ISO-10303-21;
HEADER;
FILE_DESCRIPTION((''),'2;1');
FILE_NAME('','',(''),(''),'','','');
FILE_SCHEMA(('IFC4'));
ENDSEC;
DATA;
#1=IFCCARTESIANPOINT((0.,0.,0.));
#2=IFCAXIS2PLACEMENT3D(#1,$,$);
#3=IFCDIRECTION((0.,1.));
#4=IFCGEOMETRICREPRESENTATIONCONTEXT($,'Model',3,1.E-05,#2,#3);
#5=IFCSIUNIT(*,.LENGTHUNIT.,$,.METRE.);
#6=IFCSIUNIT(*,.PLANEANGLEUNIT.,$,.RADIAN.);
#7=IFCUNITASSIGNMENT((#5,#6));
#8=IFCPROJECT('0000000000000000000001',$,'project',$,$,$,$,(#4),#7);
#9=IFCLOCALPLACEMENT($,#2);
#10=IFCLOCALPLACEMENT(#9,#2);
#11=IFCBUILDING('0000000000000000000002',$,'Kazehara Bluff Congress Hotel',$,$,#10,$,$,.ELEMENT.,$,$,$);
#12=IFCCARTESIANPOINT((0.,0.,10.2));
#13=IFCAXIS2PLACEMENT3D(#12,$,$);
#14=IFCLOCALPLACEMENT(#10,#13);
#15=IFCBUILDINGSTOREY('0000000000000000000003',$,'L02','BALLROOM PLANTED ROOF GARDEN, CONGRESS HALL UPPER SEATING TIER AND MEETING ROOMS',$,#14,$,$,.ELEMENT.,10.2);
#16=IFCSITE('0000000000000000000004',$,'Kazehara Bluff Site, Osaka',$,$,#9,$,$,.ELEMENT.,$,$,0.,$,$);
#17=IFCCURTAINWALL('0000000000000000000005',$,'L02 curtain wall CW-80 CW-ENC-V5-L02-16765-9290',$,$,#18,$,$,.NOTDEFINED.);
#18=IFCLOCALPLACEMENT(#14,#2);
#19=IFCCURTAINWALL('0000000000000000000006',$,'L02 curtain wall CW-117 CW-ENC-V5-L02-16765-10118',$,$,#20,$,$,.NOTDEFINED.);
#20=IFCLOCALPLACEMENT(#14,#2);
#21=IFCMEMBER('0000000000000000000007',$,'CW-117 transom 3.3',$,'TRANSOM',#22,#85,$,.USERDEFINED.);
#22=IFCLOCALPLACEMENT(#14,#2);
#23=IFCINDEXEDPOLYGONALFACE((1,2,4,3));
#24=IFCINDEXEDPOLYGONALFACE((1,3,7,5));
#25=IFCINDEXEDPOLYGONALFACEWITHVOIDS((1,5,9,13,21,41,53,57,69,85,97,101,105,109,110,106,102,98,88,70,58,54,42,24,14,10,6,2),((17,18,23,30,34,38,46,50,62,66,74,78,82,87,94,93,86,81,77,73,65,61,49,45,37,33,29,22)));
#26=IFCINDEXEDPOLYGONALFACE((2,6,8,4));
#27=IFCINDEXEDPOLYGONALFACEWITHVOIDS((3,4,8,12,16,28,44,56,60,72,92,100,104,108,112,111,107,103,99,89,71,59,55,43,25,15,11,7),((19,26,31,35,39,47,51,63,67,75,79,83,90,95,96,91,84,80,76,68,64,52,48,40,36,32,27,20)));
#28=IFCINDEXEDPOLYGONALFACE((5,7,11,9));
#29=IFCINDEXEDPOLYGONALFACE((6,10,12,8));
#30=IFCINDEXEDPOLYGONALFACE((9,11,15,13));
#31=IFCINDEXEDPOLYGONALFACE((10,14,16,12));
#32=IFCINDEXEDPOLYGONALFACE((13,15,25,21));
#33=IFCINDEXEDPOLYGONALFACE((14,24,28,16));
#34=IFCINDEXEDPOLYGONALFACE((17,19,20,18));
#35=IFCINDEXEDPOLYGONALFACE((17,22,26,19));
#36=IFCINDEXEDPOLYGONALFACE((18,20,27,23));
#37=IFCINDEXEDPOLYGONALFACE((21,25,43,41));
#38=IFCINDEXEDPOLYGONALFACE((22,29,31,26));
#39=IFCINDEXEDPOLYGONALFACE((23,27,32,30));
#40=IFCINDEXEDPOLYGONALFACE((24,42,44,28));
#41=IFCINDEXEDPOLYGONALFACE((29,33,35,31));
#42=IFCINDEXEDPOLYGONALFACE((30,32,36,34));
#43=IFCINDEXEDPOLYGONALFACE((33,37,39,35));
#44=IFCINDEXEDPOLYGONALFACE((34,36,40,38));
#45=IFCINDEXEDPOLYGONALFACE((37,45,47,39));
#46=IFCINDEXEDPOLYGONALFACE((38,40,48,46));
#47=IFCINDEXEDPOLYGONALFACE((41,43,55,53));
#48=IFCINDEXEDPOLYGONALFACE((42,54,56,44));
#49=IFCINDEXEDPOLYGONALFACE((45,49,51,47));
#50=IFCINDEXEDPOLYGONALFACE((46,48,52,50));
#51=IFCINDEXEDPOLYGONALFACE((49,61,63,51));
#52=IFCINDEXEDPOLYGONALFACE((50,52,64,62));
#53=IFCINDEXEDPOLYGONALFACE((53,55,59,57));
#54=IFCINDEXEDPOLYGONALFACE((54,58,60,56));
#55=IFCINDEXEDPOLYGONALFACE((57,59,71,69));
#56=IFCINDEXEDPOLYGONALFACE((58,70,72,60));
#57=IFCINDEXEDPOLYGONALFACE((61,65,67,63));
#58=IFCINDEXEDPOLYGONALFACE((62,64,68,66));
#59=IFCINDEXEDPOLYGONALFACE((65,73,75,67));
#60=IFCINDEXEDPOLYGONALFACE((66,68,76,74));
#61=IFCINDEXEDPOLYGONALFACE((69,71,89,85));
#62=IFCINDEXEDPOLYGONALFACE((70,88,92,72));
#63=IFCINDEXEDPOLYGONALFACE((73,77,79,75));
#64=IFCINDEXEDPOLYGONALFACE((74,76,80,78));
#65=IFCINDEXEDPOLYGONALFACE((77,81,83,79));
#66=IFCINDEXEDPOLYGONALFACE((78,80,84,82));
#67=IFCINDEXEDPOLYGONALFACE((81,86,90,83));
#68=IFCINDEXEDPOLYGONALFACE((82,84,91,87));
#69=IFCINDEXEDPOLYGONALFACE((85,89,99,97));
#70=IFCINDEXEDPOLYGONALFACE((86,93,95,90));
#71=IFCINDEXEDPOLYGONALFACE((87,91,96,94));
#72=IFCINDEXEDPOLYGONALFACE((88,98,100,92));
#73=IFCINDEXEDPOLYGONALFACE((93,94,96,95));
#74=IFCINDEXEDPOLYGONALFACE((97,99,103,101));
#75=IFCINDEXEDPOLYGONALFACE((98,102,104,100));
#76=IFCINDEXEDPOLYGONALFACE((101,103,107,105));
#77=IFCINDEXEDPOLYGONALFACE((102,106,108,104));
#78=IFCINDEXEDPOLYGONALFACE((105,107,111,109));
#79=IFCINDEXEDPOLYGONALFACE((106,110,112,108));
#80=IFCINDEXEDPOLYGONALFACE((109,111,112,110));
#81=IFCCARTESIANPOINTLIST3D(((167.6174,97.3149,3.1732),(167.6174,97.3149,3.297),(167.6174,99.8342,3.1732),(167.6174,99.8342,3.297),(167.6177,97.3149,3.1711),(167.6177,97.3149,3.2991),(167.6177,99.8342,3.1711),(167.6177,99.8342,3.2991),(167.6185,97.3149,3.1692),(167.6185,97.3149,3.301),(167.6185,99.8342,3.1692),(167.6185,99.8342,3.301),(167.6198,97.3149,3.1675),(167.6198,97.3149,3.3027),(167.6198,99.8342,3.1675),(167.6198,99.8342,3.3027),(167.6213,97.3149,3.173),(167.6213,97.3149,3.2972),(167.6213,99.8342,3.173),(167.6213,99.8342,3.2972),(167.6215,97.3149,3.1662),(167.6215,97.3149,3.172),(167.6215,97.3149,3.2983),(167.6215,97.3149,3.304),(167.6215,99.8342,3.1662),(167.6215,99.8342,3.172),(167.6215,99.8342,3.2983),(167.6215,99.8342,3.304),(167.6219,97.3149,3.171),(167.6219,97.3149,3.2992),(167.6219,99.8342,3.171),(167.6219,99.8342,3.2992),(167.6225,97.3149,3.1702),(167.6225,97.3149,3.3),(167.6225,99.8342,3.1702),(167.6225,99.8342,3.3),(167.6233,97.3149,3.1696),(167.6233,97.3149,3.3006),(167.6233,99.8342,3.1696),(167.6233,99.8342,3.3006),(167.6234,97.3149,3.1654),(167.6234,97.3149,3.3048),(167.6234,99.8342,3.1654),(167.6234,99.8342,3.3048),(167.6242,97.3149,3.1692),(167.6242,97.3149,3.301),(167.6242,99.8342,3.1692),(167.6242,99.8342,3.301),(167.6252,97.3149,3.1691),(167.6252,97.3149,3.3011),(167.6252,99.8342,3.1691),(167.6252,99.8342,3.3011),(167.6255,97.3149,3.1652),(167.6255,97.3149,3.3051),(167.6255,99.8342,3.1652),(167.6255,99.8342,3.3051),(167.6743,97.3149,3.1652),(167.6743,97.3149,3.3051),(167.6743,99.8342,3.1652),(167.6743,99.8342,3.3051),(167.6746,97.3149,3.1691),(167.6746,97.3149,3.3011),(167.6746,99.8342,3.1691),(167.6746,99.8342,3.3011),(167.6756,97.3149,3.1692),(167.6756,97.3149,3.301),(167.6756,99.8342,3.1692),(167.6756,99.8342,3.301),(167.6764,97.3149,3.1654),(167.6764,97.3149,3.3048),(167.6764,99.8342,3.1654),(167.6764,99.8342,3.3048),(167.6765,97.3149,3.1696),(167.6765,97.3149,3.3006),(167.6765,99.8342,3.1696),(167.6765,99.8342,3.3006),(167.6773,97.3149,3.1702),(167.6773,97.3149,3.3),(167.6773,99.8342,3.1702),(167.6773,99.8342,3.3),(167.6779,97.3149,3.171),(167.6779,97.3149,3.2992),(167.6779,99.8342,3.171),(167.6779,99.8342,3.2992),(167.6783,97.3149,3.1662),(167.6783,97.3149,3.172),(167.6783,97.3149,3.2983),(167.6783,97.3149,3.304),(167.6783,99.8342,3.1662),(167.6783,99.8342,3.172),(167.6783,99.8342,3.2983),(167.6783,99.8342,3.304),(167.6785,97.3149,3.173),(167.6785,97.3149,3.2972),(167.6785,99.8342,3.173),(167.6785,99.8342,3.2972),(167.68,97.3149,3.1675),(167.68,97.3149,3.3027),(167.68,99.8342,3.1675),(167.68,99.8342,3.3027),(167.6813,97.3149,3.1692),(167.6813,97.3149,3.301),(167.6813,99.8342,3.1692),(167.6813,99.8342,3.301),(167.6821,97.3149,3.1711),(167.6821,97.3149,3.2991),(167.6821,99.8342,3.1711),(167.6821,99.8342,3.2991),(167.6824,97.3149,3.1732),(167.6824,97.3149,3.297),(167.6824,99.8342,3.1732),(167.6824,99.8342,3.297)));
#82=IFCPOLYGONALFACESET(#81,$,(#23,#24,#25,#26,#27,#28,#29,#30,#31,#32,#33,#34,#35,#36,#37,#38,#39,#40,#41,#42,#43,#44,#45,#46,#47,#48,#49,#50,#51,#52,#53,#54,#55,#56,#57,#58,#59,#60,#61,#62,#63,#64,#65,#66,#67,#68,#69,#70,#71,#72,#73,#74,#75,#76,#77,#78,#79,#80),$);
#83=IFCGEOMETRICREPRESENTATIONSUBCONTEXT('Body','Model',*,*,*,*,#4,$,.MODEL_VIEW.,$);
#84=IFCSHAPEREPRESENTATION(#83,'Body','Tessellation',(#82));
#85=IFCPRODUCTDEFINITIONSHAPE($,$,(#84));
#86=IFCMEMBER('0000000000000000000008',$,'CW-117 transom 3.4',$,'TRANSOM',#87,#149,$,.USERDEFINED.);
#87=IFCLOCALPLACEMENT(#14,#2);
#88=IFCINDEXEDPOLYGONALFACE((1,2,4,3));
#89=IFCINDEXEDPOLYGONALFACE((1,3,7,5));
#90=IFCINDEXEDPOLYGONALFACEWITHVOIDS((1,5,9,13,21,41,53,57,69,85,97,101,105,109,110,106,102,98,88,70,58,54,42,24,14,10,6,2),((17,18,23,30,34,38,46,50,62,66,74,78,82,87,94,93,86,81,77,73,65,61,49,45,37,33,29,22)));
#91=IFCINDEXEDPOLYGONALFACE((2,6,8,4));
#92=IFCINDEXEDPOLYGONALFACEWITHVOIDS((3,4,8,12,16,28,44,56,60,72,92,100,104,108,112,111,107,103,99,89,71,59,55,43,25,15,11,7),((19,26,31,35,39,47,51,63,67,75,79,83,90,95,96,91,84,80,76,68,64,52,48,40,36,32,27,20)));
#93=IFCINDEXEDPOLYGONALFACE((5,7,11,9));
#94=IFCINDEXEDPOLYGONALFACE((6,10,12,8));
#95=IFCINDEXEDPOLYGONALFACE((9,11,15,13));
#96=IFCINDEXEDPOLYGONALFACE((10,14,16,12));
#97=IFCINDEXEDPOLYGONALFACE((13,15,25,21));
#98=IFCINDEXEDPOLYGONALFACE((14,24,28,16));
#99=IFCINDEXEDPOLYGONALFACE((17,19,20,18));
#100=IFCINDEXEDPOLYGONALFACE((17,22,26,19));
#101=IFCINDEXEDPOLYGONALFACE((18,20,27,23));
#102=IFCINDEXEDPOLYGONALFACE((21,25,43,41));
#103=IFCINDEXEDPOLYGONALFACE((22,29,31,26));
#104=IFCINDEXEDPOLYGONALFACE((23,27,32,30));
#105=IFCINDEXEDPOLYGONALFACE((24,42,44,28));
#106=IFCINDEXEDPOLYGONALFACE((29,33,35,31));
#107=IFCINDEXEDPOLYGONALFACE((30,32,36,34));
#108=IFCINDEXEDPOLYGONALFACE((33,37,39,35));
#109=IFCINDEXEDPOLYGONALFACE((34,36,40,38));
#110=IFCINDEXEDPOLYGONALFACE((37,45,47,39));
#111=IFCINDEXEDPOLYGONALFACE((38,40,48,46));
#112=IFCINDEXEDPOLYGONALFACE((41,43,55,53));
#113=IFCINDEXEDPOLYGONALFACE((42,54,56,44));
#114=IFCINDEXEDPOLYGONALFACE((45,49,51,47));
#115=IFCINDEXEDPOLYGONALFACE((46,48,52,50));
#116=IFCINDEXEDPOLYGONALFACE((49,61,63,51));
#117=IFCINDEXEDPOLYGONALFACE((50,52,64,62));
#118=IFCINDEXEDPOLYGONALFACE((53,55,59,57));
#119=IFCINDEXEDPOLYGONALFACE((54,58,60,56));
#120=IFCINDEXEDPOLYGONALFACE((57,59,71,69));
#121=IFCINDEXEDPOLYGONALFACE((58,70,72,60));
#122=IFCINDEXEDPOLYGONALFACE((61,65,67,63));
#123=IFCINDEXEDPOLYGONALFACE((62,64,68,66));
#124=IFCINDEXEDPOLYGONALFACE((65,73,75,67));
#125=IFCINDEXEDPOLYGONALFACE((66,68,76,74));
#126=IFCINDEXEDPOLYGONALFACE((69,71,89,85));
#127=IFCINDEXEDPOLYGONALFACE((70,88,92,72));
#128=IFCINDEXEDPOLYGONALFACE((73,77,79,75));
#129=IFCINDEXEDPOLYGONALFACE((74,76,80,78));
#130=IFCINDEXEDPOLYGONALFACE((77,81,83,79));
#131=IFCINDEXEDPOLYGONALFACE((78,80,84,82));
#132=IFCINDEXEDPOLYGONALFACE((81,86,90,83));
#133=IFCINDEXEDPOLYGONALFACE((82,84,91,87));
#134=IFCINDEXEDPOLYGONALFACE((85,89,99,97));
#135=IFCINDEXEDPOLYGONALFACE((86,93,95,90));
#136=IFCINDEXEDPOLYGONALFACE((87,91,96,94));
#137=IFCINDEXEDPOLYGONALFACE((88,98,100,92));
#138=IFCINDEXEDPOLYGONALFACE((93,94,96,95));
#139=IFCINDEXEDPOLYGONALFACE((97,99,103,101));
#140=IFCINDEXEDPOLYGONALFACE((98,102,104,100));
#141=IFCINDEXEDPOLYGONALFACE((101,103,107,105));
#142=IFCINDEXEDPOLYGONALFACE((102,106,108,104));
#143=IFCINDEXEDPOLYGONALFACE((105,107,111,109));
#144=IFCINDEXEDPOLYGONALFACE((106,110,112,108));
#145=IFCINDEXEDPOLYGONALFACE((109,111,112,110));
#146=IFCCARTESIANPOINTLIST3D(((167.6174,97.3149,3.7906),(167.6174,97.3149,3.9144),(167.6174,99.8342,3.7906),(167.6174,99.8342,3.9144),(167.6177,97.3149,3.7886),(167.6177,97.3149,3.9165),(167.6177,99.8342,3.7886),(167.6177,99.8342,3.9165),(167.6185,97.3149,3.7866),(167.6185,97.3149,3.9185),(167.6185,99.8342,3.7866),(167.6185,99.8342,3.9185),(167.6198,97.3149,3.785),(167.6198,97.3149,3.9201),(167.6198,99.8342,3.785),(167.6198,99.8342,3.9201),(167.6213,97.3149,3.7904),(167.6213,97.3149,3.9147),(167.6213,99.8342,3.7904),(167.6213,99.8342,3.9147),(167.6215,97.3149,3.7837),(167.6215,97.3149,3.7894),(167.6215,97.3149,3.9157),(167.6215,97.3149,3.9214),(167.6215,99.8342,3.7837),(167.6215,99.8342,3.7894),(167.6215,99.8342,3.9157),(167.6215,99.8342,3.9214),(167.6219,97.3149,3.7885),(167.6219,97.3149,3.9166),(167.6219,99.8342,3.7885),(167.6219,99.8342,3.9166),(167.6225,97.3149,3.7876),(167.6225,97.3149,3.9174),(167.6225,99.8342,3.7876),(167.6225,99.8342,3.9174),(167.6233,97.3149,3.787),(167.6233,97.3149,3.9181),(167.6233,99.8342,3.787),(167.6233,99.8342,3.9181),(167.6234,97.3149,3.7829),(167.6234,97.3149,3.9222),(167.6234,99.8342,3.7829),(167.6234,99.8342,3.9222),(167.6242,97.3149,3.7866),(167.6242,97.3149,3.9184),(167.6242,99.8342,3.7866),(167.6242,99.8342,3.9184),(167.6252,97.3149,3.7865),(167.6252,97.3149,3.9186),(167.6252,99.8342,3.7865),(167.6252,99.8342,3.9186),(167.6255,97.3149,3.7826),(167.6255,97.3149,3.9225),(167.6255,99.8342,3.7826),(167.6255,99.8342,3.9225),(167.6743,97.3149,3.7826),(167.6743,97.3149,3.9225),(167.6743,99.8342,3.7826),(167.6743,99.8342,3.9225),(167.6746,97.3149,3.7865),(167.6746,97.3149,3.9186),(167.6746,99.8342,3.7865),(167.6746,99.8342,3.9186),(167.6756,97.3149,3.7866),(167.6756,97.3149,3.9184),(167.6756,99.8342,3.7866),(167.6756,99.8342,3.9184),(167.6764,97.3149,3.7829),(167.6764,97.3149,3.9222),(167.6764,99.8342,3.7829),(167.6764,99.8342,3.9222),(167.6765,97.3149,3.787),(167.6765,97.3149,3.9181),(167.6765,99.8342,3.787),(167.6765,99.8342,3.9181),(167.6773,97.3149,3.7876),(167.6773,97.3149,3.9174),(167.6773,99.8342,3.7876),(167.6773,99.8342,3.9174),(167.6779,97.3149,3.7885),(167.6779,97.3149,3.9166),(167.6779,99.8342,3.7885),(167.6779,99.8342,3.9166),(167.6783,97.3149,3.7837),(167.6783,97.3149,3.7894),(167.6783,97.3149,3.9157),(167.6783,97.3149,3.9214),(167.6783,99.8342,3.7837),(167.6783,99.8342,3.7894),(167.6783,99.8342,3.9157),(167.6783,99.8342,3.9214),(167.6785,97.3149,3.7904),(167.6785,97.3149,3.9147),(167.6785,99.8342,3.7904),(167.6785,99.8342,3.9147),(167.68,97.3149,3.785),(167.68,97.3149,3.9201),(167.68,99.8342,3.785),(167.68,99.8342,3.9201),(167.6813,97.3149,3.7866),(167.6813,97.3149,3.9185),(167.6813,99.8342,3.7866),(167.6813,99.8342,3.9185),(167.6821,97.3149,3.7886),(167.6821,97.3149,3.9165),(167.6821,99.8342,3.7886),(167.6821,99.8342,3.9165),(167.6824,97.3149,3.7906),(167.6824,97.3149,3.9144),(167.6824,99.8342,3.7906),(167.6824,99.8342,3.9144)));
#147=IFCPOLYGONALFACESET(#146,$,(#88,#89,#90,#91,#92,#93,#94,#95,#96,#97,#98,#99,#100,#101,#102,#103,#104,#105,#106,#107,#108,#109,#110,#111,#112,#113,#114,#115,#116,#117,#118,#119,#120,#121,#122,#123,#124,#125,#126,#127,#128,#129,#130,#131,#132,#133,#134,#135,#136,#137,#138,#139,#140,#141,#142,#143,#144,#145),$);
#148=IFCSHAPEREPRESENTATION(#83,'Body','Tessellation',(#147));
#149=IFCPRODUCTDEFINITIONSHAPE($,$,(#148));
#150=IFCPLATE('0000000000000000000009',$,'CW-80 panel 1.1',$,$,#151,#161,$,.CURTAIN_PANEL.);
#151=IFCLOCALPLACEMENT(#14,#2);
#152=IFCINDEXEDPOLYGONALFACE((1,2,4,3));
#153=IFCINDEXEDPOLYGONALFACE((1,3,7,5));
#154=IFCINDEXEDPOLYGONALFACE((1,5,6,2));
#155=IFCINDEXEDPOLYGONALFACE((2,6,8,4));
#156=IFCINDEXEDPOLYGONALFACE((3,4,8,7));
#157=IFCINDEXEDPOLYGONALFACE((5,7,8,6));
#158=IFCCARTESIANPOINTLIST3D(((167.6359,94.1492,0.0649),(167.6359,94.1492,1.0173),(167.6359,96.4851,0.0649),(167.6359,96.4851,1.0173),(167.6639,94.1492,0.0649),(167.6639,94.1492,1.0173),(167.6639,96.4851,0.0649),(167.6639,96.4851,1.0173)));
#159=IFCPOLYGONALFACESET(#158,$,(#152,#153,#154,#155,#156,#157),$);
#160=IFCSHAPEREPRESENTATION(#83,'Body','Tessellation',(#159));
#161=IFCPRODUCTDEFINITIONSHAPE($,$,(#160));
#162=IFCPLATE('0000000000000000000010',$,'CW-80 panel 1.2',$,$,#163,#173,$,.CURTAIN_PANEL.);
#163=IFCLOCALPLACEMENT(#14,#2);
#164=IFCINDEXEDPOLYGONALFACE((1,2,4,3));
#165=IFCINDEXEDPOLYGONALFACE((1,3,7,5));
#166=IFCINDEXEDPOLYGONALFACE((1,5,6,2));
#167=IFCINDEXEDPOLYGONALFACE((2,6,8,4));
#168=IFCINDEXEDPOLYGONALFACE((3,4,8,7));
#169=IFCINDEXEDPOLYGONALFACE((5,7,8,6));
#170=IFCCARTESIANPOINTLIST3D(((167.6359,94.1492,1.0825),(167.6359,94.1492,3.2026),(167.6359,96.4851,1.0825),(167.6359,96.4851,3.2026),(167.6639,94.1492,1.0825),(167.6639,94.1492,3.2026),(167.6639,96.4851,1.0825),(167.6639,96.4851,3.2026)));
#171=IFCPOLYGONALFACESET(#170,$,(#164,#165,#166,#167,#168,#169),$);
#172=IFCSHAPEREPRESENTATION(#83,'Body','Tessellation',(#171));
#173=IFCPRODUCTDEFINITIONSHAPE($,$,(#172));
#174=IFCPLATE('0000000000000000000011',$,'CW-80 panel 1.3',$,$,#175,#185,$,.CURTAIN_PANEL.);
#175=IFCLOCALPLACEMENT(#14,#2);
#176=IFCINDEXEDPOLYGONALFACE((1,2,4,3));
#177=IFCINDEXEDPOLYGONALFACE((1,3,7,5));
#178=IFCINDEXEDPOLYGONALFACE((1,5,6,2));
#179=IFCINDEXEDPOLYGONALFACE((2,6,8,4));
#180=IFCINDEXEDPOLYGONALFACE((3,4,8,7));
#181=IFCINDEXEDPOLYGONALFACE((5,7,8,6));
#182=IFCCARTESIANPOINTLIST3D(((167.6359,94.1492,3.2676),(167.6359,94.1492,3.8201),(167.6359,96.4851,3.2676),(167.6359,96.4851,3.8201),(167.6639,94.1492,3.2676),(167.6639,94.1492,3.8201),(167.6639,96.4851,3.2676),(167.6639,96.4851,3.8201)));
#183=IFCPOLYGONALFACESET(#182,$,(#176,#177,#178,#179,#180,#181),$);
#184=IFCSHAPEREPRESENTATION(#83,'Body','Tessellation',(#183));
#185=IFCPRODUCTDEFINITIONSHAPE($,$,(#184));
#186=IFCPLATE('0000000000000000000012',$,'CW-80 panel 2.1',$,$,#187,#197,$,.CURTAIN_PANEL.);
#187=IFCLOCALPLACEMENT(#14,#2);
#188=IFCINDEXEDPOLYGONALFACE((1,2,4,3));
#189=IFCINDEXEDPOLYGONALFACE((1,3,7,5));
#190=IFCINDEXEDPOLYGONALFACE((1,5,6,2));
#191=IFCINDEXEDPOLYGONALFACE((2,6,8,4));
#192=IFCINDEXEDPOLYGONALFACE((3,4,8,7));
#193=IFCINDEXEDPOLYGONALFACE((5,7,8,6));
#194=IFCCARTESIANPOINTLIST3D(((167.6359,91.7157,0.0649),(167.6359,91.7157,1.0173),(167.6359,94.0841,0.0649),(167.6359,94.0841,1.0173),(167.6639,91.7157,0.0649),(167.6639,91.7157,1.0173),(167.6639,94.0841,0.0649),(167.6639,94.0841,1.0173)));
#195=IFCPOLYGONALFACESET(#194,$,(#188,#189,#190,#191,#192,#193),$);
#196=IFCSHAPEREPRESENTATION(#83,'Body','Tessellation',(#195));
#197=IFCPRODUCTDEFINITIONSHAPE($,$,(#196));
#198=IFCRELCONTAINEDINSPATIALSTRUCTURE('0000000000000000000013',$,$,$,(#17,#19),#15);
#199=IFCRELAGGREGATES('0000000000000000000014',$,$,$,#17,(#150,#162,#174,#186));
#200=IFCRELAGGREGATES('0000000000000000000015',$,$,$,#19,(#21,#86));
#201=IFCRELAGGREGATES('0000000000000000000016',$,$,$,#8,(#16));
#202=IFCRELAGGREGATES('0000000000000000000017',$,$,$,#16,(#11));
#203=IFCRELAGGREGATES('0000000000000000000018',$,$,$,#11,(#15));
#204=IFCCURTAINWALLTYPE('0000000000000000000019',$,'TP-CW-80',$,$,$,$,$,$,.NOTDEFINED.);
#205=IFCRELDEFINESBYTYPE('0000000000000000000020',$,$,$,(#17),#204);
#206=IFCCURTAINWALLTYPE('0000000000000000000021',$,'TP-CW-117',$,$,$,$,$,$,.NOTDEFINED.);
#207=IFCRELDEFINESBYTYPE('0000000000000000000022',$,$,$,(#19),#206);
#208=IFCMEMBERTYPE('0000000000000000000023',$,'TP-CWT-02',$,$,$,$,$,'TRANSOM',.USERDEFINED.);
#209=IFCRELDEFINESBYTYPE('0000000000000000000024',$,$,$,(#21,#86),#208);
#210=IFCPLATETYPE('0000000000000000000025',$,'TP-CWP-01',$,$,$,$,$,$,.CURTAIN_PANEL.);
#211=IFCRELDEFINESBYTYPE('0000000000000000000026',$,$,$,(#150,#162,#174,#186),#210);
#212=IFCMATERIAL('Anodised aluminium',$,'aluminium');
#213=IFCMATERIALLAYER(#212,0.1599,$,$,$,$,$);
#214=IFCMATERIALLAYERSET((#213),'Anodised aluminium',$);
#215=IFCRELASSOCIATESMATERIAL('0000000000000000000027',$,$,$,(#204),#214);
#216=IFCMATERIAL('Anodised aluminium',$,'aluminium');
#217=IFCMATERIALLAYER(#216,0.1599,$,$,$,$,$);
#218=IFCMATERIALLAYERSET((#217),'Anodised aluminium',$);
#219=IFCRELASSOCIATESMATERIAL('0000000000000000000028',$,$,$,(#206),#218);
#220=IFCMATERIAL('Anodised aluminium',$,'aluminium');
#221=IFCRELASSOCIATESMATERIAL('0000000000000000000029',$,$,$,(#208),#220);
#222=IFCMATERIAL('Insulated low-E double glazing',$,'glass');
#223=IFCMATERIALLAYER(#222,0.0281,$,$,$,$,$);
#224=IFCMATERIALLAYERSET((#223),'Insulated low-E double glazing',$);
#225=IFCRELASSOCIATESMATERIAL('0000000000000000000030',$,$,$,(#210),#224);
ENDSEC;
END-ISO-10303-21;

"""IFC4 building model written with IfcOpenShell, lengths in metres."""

from ifc_helpers import new_model, si_unit, direction, frame, origin, origin_2d, place, context, subcontext, project, spatial, rectangle, hollow_rectangle, extrude, material, layer, layer_set, material_profile, profile_set, type_object, element, aggregate, save


model = new_model("IFC4")

# Units and contexts
model_context = context("Model", 3, precision=1e-05, world=origin(), true_north=direction((0.0, 1.0)))
body_context = subcontext(model_context, "Body", "Model", "MODEL_VIEW")
ifc_project = project(units=[si_unit("LENGTHUNIT", "METRE"), si_unit("PLANEANGLEUNIT", "RADIAN")], contexts=[model_context])

# Site, building, storey
site_placement = place(None, origin())
site = spatial("IfcSite", under=ifc_project, at=site_placement, Name="Kazehara Bluff Site, Osaka", CompositionType="ELEMENT", RefElevation=0.0)
building_placement = place(site_placement, origin())
building = spatial("IfcBuilding", under=site, at=building_placement, Name="Kazehara Bluff Congress Hotel", CompositionType="ELEMENT")
storey_placement = place(building_placement, frame((0.0, 0.0, 10.2)))
storey = spatial("IfcBuildingStorey", under=building, at=storey_placement, Name="L02", Description="BALLROOM PLANTED ROOF GARDEN, CONGRESS HALL UPPER SEATING TIER AND MEETING ROOMS", CompositionType="ELEMENT", Elevation=10.2)

# Curtain wall
ifc_material_1 = material(Name="Anodised aluminium", Category="aluminium")
ifc_layer_1 = layer(ifc_material_1, 0.1599)
ifc_layer_set_1 = layer_set([ifc_layer_1], Name="Anodised aluminium")
curtain_wall_type_1 = type_object("IfcCurtainWallType", Name="TP-CW-80", PredefinedType="NOTDEFINED", material=ifc_layer_set_1)
curtain_wall_1_placement = place(storey_placement, origin())
curtain_wall_1 = element("IfcCurtainWall", 1, at=curtain_wall_1_placement, inside=storey, type_object=curtain_wall_type_1, Name="L02 curtain wall CW-80 CW-ENC-V5-L02-16765-9290", PredefinedType="NOTDEFINED")

# Curtain wall
ifc_material_2 = material(Name="Anodised aluminium", Category="aluminium")
ifc_layer_2 = layer(ifc_material_2, 0.1599)
ifc_layer_set_2 = layer_set([ifc_layer_2], Name="Anodised aluminium")
curtain_wall_type_2 = type_object("IfcCurtainWallType", Name="TP-CW-117", PredefinedType="NOTDEFINED", material=ifc_layer_set_2)
curtain_wall_2_placement = place(storey_placement, origin())
curtain_wall_2 = element("IfcCurtainWall", 2, at=curtain_wall_2_placement, inside=storey, type_object=curtain_wall_type_2, Name="L02 curtain wall CW-117 CW-ENC-V5-L02-16765-10118", PredefinedType="NOTDEFINED")

# Members
ifc_material_3 = material(Name="Anodised aluminium", Category="aluminium")
ifc_material_profile_1 = material_profile(ifc_material_3, hollow_rectangle(XDim=0.0649, YDim=0.1399, WallThickness=0.0039, InnerFilletRadius=0.0039, OuterFilletRadius=0.0081, at=origin_2d()))
ifc_profile_set_1 = profile_set([ifc_material_profile_1], Name="Anodised aluminium")
member_type_1 = type_object("IfcMemberType", Name="TP-CWT-02", ElementType="TRANSOM", PredefinedType="USERDEFINED", material=ifc_profile_set_1)
member_1_placement = place(storey_placement, frame((167.6499, 99.8342, 3.2351), z_axis=(0.0, -1.0, 0.0), x_axis=(1.0, 0.0, 0.0)))
member_1 = element("IfcMember", 3, at=member_1_placement, type_object=member_type_1, Name="CW-117 transom 3.3", ObjectType="TRANSOM", PredefinedType="USERDEFINED", context=body_context, shape_type="SweptSolid", body=[
    extrude(hollow_rectangle(XDim=0.0649, YDim=0.1399, WallThickness=0.0039, InnerFilletRadius=0.0039, OuterFilletRadius=0.0081, at=origin_2d()), origin(), (0.0, 0.0, 1.0), 2.5193),
])
member_2_placement = place(storey_placement, frame((167.6499, 99.8342, 3.8525), z_axis=(0.0, -1.0, 0.0), x_axis=(1.0, 0.0, 0.0)))
member_2 = element("IfcMember", 4, at=member_2_placement, type_object=member_type_1, Name="CW-117 transom 3.4", ObjectType="TRANSOM", PredefinedType="USERDEFINED", context=body_context, shape_type="SweptSolid", body=[
    extrude(hollow_rectangle(XDim=0.0649, YDim=0.1399, WallThickness=0.0039, InnerFilletRadius=0.0039, OuterFilletRadius=0.0081, at=origin_2d()), origin(), (0.0, 0.0, 1.0), 2.5193),
])

# Plates
ifc_material_4 = material(Name="Insulated low-E double glazing", Category="glass")
ifc_layer_3 = layer(ifc_material_4, 0.0281)
ifc_layer_set_3 = layer_set([ifc_layer_3], Name="Insulated low-E double glazing")
plate_type = type_object("IfcPlateType", Name="TP-CWP-01", PredefinedType="CURTAIN_PANEL", material=ifc_layer_set_3)
plate_1_placement = place(storey_placement, frame((167.6499, 95.3171, 0.0649), z_axis=(0.0, 0.0, 1.0), x_axis=(0.0, -1.0, 0.0)))
plate_1 = element("IfcPlate", 5, at=plate_1_placement, type_object=plate_type, Name="CW-80 panel 1.1", PredefinedType="CURTAIN_PANEL", context=body_context, shape_type="SweptSolid", body=[
    extrude(rectangle(XDim=2.3359, YDim=0.0281, at=origin_2d()), origin(), (0.0, 0.0, 1.0), 0.9524),
])
plate_2_placement = place(storey_placement, frame((167.6499, 95.3171, 1.0825), z_axis=(0.0, 0.0, 1.0), x_axis=(0.0, -1.0, 0.0)))
plate_2 = element("IfcPlate", 6, at=plate_2_placement, type_object=plate_type, Name="CW-80 panel 1.2", PredefinedType="CURTAIN_PANEL", context=body_context, shape_type="SweptSolid", body=[
    extrude(rectangle(XDim=2.3359, YDim=0.0281, at=origin_2d()), origin(), (0.0, 0.0, 1.0), 2.1201),
])
plate_3_placement = place(storey_placement, frame((167.6499, 95.3171, 3.2676), z_axis=(0.0, 0.0, 1.0), x_axis=(0.0, -1.0, 0.0)))
plate_3 = element("IfcPlate", 7, at=plate_3_placement, type_object=plate_type, Name="CW-80 panel 1.3", PredefinedType="CURTAIN_PANEL", context=body_context, shape_type="SweptSolid", body=[
    extrude(rectangle(XDim=2.3359, YDim=0.0281, at=origin_2d()), origin(), (0.0, 0.0, 1.0), 0.5525),
])
plate_4_placement = place(storey_placement, frame((167.6499, 92.8999, 0.0649), z_axis=(0.0, 0.0, 1.0), x_axis=(0.0, -1.0, 0.0)))
plate_4 = element("IfcPlate", 8, at=plate_4_placement, type_object=plate_type, Name="CW-80 panel 2.1", PredefinedType="CURTAIN_PANEL", context=body_context, shape_type="SweptSolid", body=[
    extrude(rectangle(XDim=2.3684, YDim=0.0281, at=origin_2d()), origin(), (0.0, 0.0, 1.0), 0.9524),
])
aggregate(curtain_wall_1, [plate_1, plate_2, plate_3, plate_4])
aggregate(curtain_wall_2, [member_1, member_2])

save(model, "model.ifc")
